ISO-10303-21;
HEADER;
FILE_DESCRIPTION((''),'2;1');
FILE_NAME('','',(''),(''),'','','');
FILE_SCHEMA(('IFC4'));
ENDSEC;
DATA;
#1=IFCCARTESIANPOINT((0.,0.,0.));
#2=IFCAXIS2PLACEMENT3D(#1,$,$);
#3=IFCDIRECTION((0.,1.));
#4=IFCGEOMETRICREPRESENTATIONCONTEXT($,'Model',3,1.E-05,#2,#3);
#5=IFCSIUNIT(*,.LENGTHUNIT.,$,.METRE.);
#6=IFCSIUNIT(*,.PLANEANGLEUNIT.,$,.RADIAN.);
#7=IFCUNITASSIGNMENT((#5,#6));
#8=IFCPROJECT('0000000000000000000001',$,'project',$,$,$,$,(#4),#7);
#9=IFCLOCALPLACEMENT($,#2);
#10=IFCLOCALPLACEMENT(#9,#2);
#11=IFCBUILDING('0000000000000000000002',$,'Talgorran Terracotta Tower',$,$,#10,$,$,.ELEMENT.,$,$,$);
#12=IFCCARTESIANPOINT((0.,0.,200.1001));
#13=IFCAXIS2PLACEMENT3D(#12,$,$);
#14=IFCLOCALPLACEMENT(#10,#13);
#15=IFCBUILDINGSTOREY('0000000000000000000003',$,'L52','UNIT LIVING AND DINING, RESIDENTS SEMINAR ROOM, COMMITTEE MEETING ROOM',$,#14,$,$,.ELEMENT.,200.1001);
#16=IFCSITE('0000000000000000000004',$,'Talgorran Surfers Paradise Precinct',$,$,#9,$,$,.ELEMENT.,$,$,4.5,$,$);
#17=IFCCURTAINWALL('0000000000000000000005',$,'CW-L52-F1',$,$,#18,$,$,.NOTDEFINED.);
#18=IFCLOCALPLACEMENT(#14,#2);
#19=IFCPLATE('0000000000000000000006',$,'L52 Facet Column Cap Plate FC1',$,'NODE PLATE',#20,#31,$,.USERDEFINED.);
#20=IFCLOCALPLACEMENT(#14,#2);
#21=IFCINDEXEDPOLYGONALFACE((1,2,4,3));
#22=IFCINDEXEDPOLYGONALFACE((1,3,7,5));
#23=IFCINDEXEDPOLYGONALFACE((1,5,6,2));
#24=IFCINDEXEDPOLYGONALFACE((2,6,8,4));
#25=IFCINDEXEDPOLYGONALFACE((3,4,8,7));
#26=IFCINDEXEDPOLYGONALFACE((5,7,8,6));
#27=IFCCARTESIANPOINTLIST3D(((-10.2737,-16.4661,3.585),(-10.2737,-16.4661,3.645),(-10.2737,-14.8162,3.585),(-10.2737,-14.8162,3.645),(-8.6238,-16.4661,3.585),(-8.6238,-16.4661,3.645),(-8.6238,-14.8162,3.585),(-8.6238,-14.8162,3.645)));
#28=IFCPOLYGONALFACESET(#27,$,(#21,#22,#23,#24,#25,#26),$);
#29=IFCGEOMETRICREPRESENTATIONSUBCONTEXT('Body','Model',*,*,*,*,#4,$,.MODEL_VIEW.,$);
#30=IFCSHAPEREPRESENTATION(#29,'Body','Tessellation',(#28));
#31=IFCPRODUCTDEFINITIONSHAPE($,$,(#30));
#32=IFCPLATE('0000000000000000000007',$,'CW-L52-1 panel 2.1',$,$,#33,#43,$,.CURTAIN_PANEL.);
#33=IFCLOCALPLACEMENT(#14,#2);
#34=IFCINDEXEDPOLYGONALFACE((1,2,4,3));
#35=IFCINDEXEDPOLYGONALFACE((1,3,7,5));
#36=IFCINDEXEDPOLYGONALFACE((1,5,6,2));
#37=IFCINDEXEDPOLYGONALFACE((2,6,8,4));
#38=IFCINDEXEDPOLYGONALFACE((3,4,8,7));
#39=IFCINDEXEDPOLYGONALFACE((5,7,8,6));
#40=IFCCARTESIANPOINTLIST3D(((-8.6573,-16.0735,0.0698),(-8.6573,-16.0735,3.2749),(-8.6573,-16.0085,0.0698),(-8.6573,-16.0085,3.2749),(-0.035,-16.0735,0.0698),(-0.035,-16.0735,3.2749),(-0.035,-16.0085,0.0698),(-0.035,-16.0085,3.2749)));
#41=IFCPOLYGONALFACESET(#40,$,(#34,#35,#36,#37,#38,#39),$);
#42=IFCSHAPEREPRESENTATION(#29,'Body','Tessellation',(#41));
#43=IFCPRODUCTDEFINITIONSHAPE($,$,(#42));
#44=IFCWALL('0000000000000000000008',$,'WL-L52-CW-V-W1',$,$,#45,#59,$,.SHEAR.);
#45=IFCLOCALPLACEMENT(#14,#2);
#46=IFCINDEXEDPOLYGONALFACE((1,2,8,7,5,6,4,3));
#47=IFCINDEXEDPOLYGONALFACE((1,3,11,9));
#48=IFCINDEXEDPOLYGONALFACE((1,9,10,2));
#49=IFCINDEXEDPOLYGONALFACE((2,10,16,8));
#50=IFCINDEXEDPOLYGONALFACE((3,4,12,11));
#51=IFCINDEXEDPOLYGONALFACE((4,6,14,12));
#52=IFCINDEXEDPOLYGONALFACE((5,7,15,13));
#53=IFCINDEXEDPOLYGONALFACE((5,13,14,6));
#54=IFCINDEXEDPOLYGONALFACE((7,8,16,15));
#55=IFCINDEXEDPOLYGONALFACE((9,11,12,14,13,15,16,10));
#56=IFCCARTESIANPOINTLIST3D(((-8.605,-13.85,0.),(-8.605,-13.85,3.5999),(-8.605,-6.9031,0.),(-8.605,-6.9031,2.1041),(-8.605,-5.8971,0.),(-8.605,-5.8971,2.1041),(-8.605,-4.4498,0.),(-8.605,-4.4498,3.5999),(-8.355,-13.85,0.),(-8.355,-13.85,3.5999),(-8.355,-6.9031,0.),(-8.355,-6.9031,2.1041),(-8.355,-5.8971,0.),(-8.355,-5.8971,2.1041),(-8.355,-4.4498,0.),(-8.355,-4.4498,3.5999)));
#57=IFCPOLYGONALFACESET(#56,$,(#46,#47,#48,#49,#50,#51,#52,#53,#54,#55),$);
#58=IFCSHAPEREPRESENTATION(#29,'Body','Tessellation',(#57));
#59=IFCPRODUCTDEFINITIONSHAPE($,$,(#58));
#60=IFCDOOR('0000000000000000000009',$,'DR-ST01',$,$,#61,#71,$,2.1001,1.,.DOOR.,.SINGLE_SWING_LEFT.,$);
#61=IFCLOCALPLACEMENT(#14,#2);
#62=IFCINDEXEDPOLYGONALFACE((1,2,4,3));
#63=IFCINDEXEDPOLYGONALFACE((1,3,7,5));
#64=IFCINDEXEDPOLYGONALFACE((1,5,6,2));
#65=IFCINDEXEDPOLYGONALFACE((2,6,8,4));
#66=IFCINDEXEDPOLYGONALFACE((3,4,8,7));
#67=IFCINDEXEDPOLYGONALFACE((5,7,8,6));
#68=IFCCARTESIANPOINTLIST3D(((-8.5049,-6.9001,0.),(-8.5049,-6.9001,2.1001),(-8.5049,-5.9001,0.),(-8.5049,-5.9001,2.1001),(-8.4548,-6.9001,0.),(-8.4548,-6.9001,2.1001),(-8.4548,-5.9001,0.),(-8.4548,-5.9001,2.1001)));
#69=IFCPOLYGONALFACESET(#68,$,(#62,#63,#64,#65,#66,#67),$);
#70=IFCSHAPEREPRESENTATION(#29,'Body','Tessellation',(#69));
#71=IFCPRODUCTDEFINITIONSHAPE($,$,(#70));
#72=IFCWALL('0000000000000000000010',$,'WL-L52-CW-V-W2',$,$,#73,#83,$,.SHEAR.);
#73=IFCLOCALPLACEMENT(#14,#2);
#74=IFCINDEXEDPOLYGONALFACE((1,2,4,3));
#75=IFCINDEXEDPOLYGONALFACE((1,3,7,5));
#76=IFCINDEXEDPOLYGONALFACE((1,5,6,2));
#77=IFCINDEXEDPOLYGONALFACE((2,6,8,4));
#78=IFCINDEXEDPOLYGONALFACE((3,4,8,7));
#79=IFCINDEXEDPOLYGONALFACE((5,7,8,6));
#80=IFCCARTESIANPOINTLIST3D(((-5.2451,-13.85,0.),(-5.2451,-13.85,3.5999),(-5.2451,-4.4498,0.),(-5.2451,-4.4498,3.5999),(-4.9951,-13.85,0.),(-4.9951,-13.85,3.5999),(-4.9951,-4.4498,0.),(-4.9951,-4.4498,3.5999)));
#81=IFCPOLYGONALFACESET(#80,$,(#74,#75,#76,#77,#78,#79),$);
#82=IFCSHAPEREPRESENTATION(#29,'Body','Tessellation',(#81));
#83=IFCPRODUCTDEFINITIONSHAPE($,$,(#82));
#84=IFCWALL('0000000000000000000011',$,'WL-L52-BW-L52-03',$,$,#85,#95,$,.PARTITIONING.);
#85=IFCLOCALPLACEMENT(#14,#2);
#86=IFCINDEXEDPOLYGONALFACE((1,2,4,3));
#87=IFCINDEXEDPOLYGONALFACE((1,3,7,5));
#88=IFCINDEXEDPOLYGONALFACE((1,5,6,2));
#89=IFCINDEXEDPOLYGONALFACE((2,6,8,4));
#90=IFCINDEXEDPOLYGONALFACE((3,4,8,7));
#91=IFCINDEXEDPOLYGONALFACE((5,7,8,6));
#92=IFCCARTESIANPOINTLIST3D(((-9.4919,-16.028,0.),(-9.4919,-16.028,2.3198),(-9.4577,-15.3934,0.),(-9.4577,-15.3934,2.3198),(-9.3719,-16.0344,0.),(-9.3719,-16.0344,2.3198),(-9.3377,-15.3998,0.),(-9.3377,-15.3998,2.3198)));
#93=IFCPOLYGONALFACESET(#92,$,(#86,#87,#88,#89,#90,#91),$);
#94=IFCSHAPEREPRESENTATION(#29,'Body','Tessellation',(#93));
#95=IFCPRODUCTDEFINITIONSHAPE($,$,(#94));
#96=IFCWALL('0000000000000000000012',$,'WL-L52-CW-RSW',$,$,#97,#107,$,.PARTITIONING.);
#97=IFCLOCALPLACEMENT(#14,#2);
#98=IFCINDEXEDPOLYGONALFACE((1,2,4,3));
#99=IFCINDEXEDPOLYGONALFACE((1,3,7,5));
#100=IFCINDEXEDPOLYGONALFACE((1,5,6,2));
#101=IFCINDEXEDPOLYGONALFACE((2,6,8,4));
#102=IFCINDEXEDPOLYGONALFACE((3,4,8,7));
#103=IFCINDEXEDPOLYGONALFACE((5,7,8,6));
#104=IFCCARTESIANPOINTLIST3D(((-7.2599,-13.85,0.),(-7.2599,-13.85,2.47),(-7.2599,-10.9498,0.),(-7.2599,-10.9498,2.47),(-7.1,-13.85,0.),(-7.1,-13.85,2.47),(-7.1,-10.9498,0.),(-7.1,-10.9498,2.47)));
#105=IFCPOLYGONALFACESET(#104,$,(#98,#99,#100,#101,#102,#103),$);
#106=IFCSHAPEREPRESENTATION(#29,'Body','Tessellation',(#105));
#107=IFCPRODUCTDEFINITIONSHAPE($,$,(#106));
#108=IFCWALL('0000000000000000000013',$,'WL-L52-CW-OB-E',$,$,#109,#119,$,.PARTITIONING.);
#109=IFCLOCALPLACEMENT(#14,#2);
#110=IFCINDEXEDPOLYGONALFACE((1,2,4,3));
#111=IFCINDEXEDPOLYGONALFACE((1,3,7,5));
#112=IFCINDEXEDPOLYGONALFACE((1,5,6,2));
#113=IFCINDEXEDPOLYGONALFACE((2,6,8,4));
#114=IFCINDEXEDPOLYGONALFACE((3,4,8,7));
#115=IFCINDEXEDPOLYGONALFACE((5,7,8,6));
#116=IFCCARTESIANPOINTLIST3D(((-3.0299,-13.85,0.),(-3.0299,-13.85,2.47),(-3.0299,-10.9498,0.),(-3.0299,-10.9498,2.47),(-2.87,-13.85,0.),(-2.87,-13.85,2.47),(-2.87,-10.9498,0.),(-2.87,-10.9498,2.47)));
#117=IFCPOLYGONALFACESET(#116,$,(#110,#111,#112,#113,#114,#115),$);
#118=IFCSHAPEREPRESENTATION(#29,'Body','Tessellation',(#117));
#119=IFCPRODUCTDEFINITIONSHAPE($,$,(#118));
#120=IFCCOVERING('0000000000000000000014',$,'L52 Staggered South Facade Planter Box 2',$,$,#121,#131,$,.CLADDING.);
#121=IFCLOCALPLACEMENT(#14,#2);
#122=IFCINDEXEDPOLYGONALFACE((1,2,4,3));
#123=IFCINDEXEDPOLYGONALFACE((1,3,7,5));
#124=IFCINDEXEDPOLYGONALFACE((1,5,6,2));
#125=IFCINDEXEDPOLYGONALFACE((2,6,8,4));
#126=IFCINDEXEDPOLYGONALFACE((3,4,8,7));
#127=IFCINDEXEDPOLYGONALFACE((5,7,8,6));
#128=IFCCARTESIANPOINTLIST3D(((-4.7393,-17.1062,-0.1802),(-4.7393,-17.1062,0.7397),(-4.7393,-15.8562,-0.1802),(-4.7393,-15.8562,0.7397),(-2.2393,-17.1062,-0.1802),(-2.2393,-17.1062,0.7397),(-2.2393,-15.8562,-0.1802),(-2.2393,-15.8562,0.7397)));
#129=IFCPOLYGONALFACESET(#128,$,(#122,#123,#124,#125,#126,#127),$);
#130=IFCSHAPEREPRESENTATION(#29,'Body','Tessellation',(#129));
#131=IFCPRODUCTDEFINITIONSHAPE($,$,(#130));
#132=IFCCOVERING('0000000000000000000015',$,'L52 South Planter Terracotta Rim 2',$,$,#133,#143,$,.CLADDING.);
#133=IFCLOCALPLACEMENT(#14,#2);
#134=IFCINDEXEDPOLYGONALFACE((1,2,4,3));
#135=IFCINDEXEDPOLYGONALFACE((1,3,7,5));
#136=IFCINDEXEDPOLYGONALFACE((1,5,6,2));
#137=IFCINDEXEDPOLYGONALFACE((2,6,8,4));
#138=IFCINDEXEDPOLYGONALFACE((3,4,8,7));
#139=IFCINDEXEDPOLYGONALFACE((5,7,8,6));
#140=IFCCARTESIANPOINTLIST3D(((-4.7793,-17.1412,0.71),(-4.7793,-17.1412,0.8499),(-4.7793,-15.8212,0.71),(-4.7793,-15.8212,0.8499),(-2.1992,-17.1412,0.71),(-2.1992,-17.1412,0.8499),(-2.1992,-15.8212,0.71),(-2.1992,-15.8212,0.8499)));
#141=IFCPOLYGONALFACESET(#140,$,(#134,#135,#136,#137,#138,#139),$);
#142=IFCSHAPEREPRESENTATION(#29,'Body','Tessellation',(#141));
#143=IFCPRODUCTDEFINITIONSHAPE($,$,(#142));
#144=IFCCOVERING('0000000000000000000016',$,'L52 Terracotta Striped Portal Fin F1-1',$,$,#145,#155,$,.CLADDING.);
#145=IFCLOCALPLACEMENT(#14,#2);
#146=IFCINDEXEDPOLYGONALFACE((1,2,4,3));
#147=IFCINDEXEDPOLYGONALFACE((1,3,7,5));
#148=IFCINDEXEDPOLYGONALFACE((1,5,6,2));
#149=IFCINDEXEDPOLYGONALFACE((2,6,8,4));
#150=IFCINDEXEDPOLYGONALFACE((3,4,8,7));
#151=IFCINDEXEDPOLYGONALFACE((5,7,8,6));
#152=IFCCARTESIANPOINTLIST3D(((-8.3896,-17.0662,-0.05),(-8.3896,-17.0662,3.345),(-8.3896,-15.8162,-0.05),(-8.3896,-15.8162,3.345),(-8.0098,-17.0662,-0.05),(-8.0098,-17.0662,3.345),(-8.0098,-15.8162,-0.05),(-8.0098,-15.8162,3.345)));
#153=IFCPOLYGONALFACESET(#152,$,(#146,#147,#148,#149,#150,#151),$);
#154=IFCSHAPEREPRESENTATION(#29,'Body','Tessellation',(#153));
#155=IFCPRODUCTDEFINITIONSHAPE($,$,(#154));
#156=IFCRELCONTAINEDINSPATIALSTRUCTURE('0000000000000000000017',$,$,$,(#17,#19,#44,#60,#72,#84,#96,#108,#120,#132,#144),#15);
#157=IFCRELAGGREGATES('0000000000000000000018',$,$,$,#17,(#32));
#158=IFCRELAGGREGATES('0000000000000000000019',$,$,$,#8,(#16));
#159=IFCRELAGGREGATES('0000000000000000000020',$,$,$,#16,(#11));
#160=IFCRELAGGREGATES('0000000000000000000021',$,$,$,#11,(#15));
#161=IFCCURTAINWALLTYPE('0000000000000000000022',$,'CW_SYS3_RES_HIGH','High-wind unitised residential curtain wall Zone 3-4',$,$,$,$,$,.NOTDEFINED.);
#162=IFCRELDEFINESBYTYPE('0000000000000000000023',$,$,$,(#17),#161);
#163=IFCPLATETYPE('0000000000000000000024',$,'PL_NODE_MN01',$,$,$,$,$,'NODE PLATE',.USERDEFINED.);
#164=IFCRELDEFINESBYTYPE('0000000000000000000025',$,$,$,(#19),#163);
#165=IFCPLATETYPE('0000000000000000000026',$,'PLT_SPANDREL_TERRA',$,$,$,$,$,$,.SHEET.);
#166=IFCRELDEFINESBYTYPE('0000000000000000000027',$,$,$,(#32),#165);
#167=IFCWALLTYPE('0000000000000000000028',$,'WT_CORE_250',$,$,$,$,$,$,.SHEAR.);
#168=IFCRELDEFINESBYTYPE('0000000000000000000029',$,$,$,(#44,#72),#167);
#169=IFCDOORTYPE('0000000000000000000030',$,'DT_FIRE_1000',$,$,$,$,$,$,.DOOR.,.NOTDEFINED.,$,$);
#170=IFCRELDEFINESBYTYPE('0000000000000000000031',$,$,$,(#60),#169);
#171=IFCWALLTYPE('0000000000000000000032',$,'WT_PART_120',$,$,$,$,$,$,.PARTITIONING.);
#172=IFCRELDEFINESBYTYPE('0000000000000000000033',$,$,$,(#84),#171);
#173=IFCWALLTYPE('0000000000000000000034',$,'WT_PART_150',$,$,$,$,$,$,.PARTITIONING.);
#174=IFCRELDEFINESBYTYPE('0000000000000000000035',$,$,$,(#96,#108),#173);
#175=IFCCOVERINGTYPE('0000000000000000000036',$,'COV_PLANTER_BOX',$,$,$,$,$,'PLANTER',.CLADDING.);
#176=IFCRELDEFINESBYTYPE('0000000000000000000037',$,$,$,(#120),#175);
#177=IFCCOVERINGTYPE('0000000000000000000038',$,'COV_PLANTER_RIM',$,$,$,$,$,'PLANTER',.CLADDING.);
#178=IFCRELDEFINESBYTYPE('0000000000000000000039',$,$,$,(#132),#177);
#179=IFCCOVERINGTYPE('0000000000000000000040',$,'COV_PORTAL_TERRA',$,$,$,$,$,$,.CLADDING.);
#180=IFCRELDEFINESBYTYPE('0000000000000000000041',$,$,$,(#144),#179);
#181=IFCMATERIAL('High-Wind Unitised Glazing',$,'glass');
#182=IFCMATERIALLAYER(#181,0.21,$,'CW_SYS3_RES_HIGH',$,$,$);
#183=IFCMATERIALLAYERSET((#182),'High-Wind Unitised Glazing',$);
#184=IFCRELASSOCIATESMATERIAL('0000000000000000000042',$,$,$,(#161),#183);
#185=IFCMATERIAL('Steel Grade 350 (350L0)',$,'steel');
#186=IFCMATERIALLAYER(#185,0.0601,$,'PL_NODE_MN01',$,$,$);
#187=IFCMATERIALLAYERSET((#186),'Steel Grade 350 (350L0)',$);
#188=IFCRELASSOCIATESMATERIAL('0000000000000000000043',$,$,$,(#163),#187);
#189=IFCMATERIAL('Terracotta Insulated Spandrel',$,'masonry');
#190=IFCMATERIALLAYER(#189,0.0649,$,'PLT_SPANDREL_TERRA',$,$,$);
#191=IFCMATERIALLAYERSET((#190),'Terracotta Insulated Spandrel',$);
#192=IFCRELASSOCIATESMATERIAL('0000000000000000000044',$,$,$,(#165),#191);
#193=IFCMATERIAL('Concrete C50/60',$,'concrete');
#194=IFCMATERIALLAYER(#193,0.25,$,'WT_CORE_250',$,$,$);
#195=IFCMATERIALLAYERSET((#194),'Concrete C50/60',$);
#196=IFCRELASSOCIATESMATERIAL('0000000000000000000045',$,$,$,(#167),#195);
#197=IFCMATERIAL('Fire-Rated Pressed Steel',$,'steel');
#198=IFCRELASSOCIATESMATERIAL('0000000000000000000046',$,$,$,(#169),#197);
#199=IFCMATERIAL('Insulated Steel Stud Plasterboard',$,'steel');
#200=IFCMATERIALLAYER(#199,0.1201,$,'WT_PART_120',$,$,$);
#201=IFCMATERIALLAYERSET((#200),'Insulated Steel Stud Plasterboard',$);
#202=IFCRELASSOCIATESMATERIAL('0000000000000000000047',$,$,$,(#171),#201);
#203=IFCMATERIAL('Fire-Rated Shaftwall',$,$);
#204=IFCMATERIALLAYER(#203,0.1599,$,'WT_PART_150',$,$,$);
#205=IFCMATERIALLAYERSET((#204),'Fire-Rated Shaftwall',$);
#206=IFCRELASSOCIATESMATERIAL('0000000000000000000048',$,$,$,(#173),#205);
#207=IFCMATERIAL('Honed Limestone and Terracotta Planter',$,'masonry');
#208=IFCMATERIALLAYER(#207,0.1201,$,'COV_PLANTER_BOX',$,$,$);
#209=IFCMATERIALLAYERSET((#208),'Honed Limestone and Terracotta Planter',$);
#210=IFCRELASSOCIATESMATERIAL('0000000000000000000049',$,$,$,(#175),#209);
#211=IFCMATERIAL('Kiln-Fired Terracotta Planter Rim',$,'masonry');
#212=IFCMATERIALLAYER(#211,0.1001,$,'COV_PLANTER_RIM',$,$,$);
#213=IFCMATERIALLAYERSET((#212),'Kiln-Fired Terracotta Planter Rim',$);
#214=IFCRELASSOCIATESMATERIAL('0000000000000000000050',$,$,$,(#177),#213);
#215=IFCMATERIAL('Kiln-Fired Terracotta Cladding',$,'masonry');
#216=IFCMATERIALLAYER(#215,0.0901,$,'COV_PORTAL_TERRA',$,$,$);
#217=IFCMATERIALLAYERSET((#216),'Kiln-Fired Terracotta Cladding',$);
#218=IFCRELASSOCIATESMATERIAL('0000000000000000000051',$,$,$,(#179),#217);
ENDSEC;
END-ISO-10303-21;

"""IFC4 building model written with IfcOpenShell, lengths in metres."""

from ifc_helpers import new_model, si_unit, direction, frame, frame_2d, origin, origin_2d, place, context, subcontext, project, spatial, rectangle, extrude, source, transform, mapped, material, layer, layer_set, type_object, type_shapes, element, fill, aggregate, save


model = new_model("IFC4")

# Units and contexts
model_context = context("Model", 3, precision=1e-05, world=origin(), true_north=direction((0.0, 1.0)))
body_context = subcontext(model_context, "Body", "Model", "MODEL_VIEW")
ifc_project = project(units=[si_unit("LENGTHUNIT", "METRE"), si_unit("PLANEANGLEUNIT", "RADIAN")], contexts=[model_context])

# Site, building, storey
site_placement = place(None, origin())
site = spatial("IfcSite", under=ifc_project, at=site_placement, Name="Talgorran Surfers Paradise Precinct", CompositionType="ELEMENT", RefElevation=4.5)
building_placement = place(site_placement, origin())
building = spatial("IfcBuilding", under=site, at=building_placement, Name="Talgorran Terracotta Tower", CompositionType="ELEMENT")
storey_placement = place(building_placement, frame((0.0, 0.0, 200.1001)))
storey = spatial("IfcBuildingStorey", under=building, at=storey_placement, Name="L52", Description="UNIT LIVING AND DINING, RESIDENTS SEMINAR ROOM, COMMITTEE MEETING ROOM", CompositionType="ELEMENT", Elevation=200.1001)

# Shared definitions
ifc_material_1 = material(Name="Steel Grade 350 (350L0)", Category="steel")

# Curtain wall
ifc_material_2 = material(Name="High-Wind Unitised Glazing", Category="glass")
ifc_layer_1 = layer(ifc_material_2, 0.21, Name="CW_SYS3_RES_HIGH")
ifc_layer_set_1 = layer_set([ifc_layer_1], Name="High-Wind Unitised Glazing")
curtain_wall_type = type_object("IfcCurtainWallType", Name="CW_SYS3_RES_HIGH", Description="High-wind unitised residential curtain wall Zone 3-4", PredefinedType="NOTDEFINED", material=ifc_layer_set_1)
curtain_wall_placement = place(storey_placement, origin())
curtain_wall = element("IfcCurtainWall", 1, at=curtain_wall_placement, inside=storey, type_object=curtain_wall_type, Name="CW-L52-F1", PredefinedType="NOTDEFINED")

# Plate
ifc_layer_2 = layer(ifc_material_1, 0.0601, Name="PL_NODE_MN01")
ifc_layer_set_2 = layer_set([ifc_layer_2], Name="Steel Grade 350 (350L0)")
plate_type_1 = type_object("IfcPlateType", Name="PL_NODE_MN01", ElementType="NODE PLATE", PredefinedType="USERDEFINED", material=ifc_layer_set_2)
plate_1_placement = place(storey_placement, frame((-9.4487, -15.6411, 3.585), z_axis=(0.0, 0.0, 1.0), x_axis=(1.0, 0.0, 0.0)))
element("IfcPlate", 2, at=plate_1_placement, inside=storey, type_object=plate_type_1, Name="L52 Facet Column Cap Plate FC1", ObjectType="NODE PLATE", PredefinedType="USERDEFINED", context=body_context, shape_type="SweptSolid", body=[
    extrude(rectangle(XDim=1.6499, YDim=1.6499, at=origin_2d()), origin(), (0.0, 0.0, 1.0), 0.0601),
])

# Plate
ifc_material_3 = material(Name="Terracotta Insulated Spandrel", Category="masonry")
ifc_layer_3 = layer(ifc_material_3, 0.0649, Name="PLT_SPANDREL_TERRA")
ifc_layer_set_3 = layer_set([ifc_layer_3], Name="Terracotta Insulated Spandrel")
plate_type_2 = type_object("IfcPlateType", Name="PLT_SPANDREL_TERRA", PredefinedType="SHEET", material=ifc_layer_set_3)
shared_shape = source(origin(), body_context, "Body", "SweptSolid", [
    extrude(rectangle(XDim=8.6223, YDim=0.0649, at=origin_2d()), origin(), (0.0, 0.0, 1.0), 3.2051),
])
type_shapes(plate_type_2, [shared_shape])
plate_2_placement = place(storey_placement, frame((-4.3462, -16.041, 0.0698), z_axis=(0.0, 0.0, 1.0), x_axis=(1.0, 0.0, 0.0)))
plate_2 = element("IfcPlate", 3, at=plate_2_placement, type_object=plate_type_2, Name="CW-L52-1 panel 2.1", PredefinedType="CURTAIN_PANEL", context=body_context, shape_type="MappedRepresentation", body=[
    mapped(shared_shape, transform((0.0, 0.0, 0.0), scale=1.0)),
])
aggregate(curtain_wall, [plate_2])

# Wall, opening, door
ifc_material_4 = material(Name="Concrete C50/60", Category="concrete")
ifc_layer_4 = layer(ifc_material_4, 0.25, Name="WT_CORE_250")
ifc_layer_set_4 = layer_set([ifc_layer_4], Name="Concrete C50/60")
wall_type_1 = type_object("IfcWallType", Name="WT_CORE_250", PredefinedType="SHEAR", material=ifc_layer_set_4)
wall_1_placement = place(storey_placement, frame((-8.48, -13.8501, 0.0), z_axis=(0.0, 0.0, 1.0), x_axis=(0.0, 1.0, 0.0)))
wall_1 = element("IfcWall", 4, at=wall_1_placement, inside=storey, type_object=wall_type_1, Name="WL-L52-CW-V-W1", PredefinedType="SHEAR", context=body_context, shape_type="SweptSolid", body=[
    extrude(rectangle(XDim=9.4001, YDim=0.25, at=frame_2d((4.7002, 0.0))), origin(), (0.0, 0.0, 1.0), 3.5999),
])
opening_placement = place(wall_1_placement, frame((6.95, 0.0, 0.0)))
opening = element("IfcOpeningElement", 5, at=opening_placement, cuts=wall_1, PredefinedType="OPENING", context=body_context, shape_type="SweptSolid", body=[
    extrude(rectangle(XDim=1.006, YDim=2.1041, at=frame_2d((0.5, 1.052))), frame((0.0, 0.135, 0.0), z_axis=(0.0, -1.0, 0.0), x_axis=(1.0, 0.0, 0.0)), (0.0, 0.0, 1.0), 0.27),
])
ifc_material_5 = material(Name="Fire-Rated Pressed Steel", Category="steel")
door_type = type_object("IfcDoorType", Name="DT_FIRE_1000", OperationType="NOTDEFINED", PredefinedType="DOOR", material=ifc_material_5)
door_placement = place(opening_placement, origin())
door = element("IfcDoor", 6, at=door_placement, inside=storey, type_object=door_type, Name="DR-ST01", OperationType="SINGLE_SWING_LEFT", OverallHeight=2.1001, OverallWidth=1.0, PredefinedType="DOOR", context=body_context, shape_type="SweptSolid", body=[
    extrude(rectangle(XDim=1.0, YDim=2.1001, at=frame_2d((0.5, 1.05))), frame((0.0, 0.0249, 0.0), z_axis=(0.0, -1.0, 0.0), x_axis=(1.0, 0.0, 0.0)), (0.0, 0.0, 1.0), 0.05),
])
fill(opening, door)

# Walls
wall_2_placement = place(storey_placement, frame((-5.1201, -13.8501, 0.0), z_axis=(0.0, 0.0, 1.0), x_axis=(0.0, 1.0, 0.0)))
element("IfcWall", 7, at=wall_2_placement, inside=storey, type_object=wall_type_1, Name="WL-L52-CW-V-W2", PredefinedType="SHEAR", context=body_context, shape_type="SweptSolid", body=[
    extrude(rectangle(XDim=9.4001, YDim=0.25, at=frame_2d((4.7002, 0.0))), origin(), (0.0, 0.0, 1.0), 3.5999),
])
ifc_material_6 = material(Name="Insulated Steel Stud Plasterboard", Category="steel")
ifc_layer_5 = layer(ifc_material_6, 0.1201, Name="WT_PART_120")
ifc_layer_set_5 = layer_set([ifc_layer_5], Name="Insulated Steel Stud Plasterboard")
wall_type_2 = type_object("IfcWallType", Name="WT_PART_120", PredefinedType="PARTITIONING", material=ifc_layer_set_5)
wall_3_placement = place(storey_placement, frame((-9.3977, -15.3965, 0.0), z_axis=(0.0, 0.0, 1.0), x_axis=(-0.053789, -0.998552, 0.0)))
element("IfcWall", 8, at=wall_3_placement, inside=storey, type_object=wall_type_2, Name="WL-L52-BW-L52-03", PredefinedType="PARTITIONING", context=body_context, shape_type="SweptSolid", body=[
    extrude(rectangle(XDim=0.6355, YDim=0.1201, at=frame_2d((0.3179, 0.0))), origin(), (0.0, 0.0, 1.0), 2.3198),
])
ifc_material_7 = material(Name="Fire-Rated Shaftwall")
ifc_layer_6 = layer(ifc_material_7, 0.1599, Name="WT_PART_150")
ifc_layer_set_6 = layer_set([ifc_layer_6], Name="Fire-Rated Shaftwall")
wall_type_3 = type_object("IfcWallType", Name="WT_PART_150", PredefinedType="PARTITIONING", material=ifc_layer_set_6)
for number, where, z_axis, x_axis, name in (
    (9, (-7.1799, -13.8501, 0.0), (0.0, 0.0, 1.0), (0.0, 1.0, 0.0), "WL-L52-CW-RSW"),
    (10, (-2.95, -13.8501, 0.0), (0.0, 0.0, 1.0), (0.0, 1.0, 0.0), "WL-L52-CW-OB-E"),
):
    element("IfcWall", number, at=place(storey_placement, frame(where, z_axis=z_axis, x_axis=x_axis)), inside=storey, type_object=wall_type_3, Name=name, PredefinedType="PARTITIONING", context=body_context, shape_type="SweptSolid", body=[
        extrude(rectangle(XDim=2.9001, YDim=0.1599, at=frame_2d((1.4502, 0.0))), origin(), (0.0, 0.0, 1.0), 2.47),
    ])

# Coverings
ifc_material_8 = material(Name="Honed Limestone and Terracotta Planter", Category="masonry")
ifc_layer_7 = layer(ifc_material_8, 0.1201, Name="COV_PLANTER_BOX")
ifc_layer_set_7 = layer_set([ifc_layer_7], Name="Honed Limestone and Terracotta Planter")
covering_type_1 = type_object("IfcCoveringType", Name="COV_PLANTER_BOX", ElementType="PLANTER", PredefinedType="CLADDING", material=ifc_layer_set_7)
covering_1_placement = place(storey_placement, frame((-3.4893, -16.4812, -0.1802), z_axis=(0.0, 0.0, 1.0), x_axis=(1.0, 0.0, 0.0)))
element("IfcCovering", 11, at=covering_1_placement, inside=storey, type_object=covering_type_1, Name="L52 Staggered South Facade Planter Box 2", PredefinedType="CLADDING", context=body_context, shape_type="SweptSolid", body=[
    extrude(rectangle(XDim=2.5, YDim=1.25, at=origin_2d()), origin(), (0.0, 0.0, 1.0), 0.9199),
])
ifc_material_9 = material(Name="Kiln-Fired Terracotta Planter Rim", Category="masonry")
ifc_layer_8 = layer(ifc_material_9, 0.1001, Name="COV_PLANTER_RIM")
ifc_layer_set_8 = layer_set([ifc_layer_8], Name="Kiln-Fired Terracotta Planter Rim")
covering_type_2 = type_object("IfcCoveringType", Name="COV_PLANTER_RIM", ElementType="PLANTER", PredefinedType="CLADDING", material=ifc_layer_set_8)
covering_2_placement = place(storey_placement, frame((-3.4893, -16.4812, 0.71), z_axis=(0.0, 0.0, 1.0), x_axis=(1.0, 0.0, 0.0)))
element("IfcCovering", 12, at=covering_2_placement, inside=storey, type_object=covering_type_2, Name="L52 South Planter Terracotta Rim 2", PredefinedType="CLADDING", context=body_context, shape_type="SweptSolid", body=[
    extrude(rectangle(XDim=2.5801, YDim=1.3201, at=origin_2d()), origin(), (0.0, 0.0, 1.0), 0.1399),
])
ifc_material_10 = material(Name="Kiln-Fired Terracotta Cladding", Category="masonry")
ifc_layer_9 = layer(ifc_material_10, 0.0901, Name="COV_PORTAL_TERRA")
ifc_layer_set_9 = layer_set([ifc_layer_9], Name="Kiln-Fired Terracotta Cladding")
covering_type_3 = type_object("IfcCoveringType", Name="COV_PORTAL_TERRA", PredefinedType="CLADDING", material=ifc_layer_set_9)
covering_3_placement = place(storey_placement, frame((-8.1997, -16.4412, -0.05), z_axis=(0.0, 0.0, 1.0), x_axis=(1.0, 0.0, 0.0)))
element("IfcCovering", 13, at=covering_3_placement, inside=storey, type_object=covering_type_3, Name="L52 Terracotta Striped Portal Fin F1-1", PredefinedType="CLADDING", context=body_context, shape_type="SweptSolid", body=[
    extrude(rectangle(XDim=0.3799, YDim=1.25, at=origin_2d()), origin(), (0.0, 0.0, 1.0), 3.395),
])

save(model, "model.ifc")
